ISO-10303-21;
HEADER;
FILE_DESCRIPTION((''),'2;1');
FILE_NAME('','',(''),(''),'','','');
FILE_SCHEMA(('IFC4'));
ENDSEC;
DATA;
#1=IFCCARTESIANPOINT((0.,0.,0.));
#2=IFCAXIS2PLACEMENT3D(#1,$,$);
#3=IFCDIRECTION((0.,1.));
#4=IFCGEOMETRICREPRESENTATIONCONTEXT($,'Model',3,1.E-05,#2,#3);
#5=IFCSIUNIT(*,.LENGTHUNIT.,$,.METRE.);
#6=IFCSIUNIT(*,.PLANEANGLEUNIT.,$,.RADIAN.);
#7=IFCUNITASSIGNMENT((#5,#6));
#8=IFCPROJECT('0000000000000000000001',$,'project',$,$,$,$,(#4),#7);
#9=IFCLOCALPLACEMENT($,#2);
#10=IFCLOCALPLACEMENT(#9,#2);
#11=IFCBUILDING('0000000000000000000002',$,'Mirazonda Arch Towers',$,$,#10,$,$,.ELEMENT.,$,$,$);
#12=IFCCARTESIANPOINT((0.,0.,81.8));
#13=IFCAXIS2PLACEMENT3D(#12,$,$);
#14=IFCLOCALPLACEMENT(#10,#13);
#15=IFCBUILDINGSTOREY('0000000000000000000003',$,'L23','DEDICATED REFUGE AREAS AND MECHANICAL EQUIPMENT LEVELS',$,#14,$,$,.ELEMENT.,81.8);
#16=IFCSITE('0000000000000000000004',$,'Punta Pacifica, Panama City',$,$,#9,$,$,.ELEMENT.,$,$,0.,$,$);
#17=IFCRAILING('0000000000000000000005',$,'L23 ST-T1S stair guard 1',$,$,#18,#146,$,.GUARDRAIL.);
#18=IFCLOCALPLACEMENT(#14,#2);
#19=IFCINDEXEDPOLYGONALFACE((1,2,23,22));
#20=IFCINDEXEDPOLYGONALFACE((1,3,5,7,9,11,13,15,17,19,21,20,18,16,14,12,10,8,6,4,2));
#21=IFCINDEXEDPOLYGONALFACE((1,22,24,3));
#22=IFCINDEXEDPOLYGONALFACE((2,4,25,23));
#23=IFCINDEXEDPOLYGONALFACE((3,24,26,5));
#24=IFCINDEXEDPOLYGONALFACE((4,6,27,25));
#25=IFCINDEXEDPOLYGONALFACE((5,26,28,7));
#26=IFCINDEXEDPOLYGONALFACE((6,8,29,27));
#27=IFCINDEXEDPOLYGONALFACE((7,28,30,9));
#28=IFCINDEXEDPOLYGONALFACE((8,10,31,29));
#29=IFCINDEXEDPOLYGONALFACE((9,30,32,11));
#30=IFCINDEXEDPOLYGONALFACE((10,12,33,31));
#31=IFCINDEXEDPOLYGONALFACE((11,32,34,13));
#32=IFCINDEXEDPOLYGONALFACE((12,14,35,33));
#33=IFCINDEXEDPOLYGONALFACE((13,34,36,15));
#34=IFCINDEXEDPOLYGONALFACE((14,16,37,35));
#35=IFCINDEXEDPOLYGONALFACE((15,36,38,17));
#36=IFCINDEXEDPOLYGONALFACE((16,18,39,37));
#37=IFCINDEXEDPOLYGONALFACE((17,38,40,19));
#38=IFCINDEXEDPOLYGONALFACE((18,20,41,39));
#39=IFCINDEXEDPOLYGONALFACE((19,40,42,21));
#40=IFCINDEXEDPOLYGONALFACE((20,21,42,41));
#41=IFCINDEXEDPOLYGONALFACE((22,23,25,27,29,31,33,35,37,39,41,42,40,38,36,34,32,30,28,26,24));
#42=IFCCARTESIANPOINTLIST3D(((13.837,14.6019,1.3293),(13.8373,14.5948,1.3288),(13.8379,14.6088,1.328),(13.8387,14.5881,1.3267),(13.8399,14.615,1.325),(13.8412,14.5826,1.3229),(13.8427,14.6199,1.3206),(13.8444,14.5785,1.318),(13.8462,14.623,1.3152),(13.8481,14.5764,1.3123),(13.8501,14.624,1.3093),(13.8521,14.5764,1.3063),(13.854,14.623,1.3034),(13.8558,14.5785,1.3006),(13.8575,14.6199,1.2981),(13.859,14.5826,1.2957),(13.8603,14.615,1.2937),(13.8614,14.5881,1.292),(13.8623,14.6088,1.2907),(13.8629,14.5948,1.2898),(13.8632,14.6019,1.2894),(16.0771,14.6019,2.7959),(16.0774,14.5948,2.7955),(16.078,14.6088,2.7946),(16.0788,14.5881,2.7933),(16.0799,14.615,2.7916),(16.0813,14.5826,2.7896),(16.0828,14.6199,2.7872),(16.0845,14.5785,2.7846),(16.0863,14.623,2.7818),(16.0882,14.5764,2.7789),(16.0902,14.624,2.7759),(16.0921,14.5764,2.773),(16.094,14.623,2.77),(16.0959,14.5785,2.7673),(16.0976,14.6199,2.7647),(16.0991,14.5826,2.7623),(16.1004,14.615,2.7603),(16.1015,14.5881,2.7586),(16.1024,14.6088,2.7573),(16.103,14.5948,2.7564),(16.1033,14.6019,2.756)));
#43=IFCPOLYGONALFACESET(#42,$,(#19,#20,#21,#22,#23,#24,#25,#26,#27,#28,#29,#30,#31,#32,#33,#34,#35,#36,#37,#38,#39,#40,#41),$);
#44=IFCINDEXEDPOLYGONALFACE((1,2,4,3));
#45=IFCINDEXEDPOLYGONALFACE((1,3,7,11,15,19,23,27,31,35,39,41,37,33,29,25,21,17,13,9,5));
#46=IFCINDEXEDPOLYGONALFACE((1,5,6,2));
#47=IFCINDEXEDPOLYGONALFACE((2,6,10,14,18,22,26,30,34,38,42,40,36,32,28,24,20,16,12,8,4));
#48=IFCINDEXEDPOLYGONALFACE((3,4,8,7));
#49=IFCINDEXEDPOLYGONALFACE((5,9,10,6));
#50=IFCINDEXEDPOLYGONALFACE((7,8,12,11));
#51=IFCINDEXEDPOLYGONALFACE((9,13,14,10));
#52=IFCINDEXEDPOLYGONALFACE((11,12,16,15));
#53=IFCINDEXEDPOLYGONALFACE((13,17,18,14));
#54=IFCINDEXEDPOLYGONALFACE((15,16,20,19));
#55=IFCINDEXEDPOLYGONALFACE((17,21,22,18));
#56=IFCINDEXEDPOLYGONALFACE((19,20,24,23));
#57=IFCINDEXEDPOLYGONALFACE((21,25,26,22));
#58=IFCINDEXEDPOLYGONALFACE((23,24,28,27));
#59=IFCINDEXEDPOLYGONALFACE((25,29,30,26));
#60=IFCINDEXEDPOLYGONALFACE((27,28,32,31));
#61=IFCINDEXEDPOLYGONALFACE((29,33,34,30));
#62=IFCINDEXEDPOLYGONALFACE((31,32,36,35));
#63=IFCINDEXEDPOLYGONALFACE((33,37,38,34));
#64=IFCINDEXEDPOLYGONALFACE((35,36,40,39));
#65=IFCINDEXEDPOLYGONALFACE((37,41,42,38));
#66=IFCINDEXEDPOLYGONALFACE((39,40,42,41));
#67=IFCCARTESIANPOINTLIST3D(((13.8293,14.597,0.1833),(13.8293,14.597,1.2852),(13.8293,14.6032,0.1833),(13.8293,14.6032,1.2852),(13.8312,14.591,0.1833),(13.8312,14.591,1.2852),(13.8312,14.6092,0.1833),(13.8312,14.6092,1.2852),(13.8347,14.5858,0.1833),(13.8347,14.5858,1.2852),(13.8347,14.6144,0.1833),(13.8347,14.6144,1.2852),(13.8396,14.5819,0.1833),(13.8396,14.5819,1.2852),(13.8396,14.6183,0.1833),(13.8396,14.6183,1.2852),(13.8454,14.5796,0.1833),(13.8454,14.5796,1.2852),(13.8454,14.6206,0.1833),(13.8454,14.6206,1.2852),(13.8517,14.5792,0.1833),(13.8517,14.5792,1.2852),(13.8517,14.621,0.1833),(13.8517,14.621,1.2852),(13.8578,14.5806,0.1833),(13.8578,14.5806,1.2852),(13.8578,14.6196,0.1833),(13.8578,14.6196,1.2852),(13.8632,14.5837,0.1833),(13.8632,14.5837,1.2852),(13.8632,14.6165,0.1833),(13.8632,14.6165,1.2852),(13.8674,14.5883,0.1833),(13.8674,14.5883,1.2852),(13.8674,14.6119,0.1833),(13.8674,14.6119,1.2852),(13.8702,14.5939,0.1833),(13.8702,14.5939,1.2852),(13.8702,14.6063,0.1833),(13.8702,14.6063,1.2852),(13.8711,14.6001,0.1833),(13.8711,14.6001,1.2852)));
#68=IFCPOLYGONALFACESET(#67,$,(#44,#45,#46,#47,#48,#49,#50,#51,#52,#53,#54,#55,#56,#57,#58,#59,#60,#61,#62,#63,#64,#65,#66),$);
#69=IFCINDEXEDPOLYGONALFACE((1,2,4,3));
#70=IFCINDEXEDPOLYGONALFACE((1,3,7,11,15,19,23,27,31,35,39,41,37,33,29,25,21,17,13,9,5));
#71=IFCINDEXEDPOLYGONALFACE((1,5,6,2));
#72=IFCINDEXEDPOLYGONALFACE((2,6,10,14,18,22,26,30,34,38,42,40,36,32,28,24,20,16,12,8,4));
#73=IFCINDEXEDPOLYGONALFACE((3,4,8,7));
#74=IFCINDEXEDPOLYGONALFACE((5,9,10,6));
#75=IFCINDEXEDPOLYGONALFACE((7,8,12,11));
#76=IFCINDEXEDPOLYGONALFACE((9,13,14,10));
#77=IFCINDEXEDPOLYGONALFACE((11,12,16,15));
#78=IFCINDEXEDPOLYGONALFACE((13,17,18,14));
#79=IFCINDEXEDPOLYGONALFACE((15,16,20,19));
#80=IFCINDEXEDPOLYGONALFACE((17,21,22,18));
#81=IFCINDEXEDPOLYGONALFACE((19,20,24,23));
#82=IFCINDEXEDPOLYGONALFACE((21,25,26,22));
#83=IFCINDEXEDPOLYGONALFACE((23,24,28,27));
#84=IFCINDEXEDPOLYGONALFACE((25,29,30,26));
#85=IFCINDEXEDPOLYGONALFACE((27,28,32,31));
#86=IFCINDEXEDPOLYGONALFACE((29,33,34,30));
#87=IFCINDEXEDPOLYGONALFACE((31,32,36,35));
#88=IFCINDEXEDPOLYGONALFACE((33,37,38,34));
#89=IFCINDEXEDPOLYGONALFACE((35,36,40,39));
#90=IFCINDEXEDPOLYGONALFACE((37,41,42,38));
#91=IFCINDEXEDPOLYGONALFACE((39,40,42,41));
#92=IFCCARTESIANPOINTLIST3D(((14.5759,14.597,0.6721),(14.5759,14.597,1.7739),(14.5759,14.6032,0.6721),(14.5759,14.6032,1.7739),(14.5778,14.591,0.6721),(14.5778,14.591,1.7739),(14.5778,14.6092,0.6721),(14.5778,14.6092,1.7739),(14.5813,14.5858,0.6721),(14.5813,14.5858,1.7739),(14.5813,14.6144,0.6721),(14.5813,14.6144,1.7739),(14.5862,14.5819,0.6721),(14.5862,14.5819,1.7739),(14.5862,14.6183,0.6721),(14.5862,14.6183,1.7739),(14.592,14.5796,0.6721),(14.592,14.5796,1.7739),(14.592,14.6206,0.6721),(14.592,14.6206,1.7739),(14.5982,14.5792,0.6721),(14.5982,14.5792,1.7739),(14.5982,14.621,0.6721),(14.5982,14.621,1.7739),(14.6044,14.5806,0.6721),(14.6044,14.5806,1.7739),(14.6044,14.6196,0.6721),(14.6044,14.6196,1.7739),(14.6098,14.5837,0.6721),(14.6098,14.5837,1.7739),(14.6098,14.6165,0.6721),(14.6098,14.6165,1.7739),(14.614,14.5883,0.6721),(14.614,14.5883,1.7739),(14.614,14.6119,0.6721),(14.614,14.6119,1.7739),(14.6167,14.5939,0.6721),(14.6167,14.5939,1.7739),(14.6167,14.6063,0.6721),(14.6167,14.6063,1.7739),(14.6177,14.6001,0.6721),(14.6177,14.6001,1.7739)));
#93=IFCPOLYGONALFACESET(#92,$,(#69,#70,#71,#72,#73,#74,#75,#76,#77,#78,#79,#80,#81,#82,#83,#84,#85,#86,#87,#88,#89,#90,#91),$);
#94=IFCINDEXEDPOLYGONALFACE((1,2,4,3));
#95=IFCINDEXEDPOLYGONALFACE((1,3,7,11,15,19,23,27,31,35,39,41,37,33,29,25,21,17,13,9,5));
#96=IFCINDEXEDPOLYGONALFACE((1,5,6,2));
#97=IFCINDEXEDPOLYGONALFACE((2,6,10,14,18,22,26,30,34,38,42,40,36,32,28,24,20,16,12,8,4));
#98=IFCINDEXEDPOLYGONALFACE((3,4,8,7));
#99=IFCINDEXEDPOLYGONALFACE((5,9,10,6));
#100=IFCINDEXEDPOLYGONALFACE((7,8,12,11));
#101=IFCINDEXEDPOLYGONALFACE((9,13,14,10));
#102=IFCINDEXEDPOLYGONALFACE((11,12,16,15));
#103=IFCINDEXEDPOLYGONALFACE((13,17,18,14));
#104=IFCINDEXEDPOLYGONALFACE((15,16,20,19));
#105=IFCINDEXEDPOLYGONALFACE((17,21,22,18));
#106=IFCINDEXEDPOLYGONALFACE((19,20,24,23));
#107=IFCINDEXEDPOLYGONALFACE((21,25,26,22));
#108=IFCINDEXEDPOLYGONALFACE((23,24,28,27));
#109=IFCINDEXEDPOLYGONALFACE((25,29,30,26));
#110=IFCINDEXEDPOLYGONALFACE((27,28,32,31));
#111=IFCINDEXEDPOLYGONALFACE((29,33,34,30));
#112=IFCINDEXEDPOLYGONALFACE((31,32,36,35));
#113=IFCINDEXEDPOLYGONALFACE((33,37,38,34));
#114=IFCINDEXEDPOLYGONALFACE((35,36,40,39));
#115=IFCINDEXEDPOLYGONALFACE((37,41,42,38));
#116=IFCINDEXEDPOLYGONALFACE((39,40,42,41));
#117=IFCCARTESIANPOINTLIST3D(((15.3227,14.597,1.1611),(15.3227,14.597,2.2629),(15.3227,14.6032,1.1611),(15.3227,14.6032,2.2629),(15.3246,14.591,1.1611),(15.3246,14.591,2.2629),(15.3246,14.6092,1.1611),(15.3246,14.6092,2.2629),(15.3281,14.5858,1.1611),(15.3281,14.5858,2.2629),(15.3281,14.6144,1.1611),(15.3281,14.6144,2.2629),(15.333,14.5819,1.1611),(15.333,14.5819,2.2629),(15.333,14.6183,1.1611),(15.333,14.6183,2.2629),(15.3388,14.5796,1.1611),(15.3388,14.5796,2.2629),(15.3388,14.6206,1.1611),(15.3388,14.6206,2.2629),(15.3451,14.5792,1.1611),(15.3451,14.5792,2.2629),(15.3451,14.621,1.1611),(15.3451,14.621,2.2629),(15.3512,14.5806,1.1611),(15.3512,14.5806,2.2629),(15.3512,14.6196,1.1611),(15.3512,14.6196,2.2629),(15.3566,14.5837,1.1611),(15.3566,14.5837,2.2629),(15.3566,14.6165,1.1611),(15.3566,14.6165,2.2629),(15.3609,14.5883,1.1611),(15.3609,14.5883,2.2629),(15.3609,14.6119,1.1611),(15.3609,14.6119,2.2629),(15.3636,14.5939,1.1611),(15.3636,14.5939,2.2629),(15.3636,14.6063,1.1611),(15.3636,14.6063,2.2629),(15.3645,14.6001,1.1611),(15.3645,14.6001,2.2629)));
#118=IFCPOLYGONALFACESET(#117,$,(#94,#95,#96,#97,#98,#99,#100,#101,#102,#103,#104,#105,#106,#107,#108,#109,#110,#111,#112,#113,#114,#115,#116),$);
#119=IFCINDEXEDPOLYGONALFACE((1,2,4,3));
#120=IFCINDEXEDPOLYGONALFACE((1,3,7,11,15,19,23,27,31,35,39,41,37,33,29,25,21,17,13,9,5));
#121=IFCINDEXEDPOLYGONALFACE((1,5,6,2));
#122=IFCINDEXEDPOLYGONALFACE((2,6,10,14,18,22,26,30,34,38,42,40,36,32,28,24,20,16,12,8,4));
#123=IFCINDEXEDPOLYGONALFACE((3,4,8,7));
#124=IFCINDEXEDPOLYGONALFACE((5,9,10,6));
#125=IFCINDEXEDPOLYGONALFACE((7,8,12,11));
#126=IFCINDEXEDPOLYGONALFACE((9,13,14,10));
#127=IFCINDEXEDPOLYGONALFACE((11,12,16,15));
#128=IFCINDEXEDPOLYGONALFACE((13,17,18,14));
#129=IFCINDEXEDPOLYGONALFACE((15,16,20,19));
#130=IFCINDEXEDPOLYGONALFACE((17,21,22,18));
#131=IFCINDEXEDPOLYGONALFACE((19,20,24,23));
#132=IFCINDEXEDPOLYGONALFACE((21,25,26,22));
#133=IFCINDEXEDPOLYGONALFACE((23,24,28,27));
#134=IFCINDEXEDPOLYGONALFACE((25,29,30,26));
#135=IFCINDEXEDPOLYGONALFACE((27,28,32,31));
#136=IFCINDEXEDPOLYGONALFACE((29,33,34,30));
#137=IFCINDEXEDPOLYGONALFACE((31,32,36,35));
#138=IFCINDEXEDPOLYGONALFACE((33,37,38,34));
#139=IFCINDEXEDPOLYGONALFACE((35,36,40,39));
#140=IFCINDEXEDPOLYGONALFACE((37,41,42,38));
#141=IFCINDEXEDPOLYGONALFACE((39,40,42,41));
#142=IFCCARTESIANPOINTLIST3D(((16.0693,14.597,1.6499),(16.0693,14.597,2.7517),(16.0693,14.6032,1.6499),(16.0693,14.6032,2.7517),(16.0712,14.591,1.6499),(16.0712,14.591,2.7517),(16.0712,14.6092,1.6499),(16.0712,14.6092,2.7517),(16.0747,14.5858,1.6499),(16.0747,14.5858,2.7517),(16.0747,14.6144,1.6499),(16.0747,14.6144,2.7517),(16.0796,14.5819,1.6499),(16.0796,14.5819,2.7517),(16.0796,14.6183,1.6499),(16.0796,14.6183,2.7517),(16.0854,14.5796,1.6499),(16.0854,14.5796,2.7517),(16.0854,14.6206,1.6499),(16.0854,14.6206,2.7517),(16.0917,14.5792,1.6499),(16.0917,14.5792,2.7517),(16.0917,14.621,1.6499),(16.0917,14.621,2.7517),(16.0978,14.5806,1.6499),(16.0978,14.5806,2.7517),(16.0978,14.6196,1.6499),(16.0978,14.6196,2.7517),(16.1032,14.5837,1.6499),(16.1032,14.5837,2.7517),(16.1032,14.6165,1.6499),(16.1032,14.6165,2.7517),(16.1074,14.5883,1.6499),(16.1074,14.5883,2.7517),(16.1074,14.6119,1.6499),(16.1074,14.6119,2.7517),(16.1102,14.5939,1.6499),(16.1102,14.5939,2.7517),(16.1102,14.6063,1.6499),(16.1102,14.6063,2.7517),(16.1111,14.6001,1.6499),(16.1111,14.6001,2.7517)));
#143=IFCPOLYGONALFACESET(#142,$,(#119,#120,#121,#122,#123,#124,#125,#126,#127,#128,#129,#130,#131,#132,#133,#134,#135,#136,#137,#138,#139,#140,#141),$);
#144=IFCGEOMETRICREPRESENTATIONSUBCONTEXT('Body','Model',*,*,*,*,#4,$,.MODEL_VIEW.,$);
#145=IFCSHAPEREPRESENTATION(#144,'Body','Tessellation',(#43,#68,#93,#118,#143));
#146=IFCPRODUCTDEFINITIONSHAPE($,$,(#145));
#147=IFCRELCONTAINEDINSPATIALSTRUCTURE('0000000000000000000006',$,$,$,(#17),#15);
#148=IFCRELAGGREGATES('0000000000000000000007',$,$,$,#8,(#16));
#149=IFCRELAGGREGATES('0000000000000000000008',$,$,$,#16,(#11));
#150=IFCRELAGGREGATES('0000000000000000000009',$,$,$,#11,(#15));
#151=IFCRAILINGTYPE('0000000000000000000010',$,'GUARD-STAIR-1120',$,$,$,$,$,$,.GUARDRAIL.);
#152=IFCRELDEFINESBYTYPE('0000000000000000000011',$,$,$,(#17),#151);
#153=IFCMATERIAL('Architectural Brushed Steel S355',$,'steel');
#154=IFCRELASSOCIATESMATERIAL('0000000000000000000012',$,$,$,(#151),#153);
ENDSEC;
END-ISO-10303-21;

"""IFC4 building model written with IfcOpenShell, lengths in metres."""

from ifc_helpers import new_model, si_unit, direction, frame, origin, origin_2d, place, context, subcontext, project, spatial, circle, extrude, material, type_object, element, save


model = new_model("IFC4")

# Units and contexts
model_context = context("Model", 3, precision=1e-05, world=origin(), true_north=direction((0.0, 1.0)))
body_context = subcontext(model_context, "Body", "Model", "MODEL_VIEW")
ifc_project = project(units=[si_unit("LENGTHUNIT", "METRE"), si_unit("PLANEANGLEUNIT", "RADIAN")], contexts=[model_context])

# Site, building, storey
site_placement = place(None, origin())
site = spatial("IfcSite", under=ifc_project, at=site_placement, Name="Punta Pacifica, Panama City", CompositionType="ELEMENT", RefElevation=0.0)
building_placement = place(site_placement, origin())
building = spatial("IfcBuilding", under=site, at=building_placement, Name="Mirazonda Arch Towers", CompositionType="ELEMENT")
storey_placement = place(building_placement, frame((0.0, 0.0, 81.8)))
storey = spatial("IfcBuildingStorey", under=building, at=storey_placement, Name="L23", Description="DEDICATED REFUGE AREAS AND MECHANICAL EQUIPMENT LEVELS", CompositionType="ELEMENT", Elevation=81.8)

# Shared definitions
ifc_material_1 = material(Name="Architectural Brushed Steel S355", Category="steel")

# Railing
railing_type_1 = type_object("IfcRailingType", Name="GUARD-STAIR-1120", PredefinedType="GUARDRAIL", material=ifc_material_1)
railing_1_placement = place(storey_placement, frame((13.8501, 14.6001, 0.1833)))
element("IfcRailing", 1, at=railing_1_placement, inside=storey, type_object=railing_type_1, Name="L23 ST-T1S stair guard 1", PredefinedType="GUARDRAIL", context=body_context, shape_type="SweptSolid", body=[
    extrude(circle(Radius=0.0239, at=origin_2d()), frame((0.0, 0.0, 1.126), z_axis=(0.836637, 0.0, 0.547758), x_axis=(0.0, 1.0, 0.0)), (0.0, 0.0, 1.0), 2.6775),
    extrude(circle(Radius=0.021, at=origin_2d()), origin(), (0.0, 0.0, 1.0), 1.1018),
    extrude(circle(Radius=0.021, at=origin_2d()), frame((0.7466, 0.0, 0.4888)), (0.0, 0.0, 1.0), 1.1018),
    extrude(circle(Radius=0.021, at=origin_2d()), frame((1.4934, 0.0, 0.9778)), (0.0, 0.0, 1.0), 1.1018),
    extrude(circle(Radius=0.021, at=origin_2d()), frame((2.24, 0.0, 1.4666)), (0.0, 0.0, 1.0), 1.1018),
])

save(model, "model.ifc")
